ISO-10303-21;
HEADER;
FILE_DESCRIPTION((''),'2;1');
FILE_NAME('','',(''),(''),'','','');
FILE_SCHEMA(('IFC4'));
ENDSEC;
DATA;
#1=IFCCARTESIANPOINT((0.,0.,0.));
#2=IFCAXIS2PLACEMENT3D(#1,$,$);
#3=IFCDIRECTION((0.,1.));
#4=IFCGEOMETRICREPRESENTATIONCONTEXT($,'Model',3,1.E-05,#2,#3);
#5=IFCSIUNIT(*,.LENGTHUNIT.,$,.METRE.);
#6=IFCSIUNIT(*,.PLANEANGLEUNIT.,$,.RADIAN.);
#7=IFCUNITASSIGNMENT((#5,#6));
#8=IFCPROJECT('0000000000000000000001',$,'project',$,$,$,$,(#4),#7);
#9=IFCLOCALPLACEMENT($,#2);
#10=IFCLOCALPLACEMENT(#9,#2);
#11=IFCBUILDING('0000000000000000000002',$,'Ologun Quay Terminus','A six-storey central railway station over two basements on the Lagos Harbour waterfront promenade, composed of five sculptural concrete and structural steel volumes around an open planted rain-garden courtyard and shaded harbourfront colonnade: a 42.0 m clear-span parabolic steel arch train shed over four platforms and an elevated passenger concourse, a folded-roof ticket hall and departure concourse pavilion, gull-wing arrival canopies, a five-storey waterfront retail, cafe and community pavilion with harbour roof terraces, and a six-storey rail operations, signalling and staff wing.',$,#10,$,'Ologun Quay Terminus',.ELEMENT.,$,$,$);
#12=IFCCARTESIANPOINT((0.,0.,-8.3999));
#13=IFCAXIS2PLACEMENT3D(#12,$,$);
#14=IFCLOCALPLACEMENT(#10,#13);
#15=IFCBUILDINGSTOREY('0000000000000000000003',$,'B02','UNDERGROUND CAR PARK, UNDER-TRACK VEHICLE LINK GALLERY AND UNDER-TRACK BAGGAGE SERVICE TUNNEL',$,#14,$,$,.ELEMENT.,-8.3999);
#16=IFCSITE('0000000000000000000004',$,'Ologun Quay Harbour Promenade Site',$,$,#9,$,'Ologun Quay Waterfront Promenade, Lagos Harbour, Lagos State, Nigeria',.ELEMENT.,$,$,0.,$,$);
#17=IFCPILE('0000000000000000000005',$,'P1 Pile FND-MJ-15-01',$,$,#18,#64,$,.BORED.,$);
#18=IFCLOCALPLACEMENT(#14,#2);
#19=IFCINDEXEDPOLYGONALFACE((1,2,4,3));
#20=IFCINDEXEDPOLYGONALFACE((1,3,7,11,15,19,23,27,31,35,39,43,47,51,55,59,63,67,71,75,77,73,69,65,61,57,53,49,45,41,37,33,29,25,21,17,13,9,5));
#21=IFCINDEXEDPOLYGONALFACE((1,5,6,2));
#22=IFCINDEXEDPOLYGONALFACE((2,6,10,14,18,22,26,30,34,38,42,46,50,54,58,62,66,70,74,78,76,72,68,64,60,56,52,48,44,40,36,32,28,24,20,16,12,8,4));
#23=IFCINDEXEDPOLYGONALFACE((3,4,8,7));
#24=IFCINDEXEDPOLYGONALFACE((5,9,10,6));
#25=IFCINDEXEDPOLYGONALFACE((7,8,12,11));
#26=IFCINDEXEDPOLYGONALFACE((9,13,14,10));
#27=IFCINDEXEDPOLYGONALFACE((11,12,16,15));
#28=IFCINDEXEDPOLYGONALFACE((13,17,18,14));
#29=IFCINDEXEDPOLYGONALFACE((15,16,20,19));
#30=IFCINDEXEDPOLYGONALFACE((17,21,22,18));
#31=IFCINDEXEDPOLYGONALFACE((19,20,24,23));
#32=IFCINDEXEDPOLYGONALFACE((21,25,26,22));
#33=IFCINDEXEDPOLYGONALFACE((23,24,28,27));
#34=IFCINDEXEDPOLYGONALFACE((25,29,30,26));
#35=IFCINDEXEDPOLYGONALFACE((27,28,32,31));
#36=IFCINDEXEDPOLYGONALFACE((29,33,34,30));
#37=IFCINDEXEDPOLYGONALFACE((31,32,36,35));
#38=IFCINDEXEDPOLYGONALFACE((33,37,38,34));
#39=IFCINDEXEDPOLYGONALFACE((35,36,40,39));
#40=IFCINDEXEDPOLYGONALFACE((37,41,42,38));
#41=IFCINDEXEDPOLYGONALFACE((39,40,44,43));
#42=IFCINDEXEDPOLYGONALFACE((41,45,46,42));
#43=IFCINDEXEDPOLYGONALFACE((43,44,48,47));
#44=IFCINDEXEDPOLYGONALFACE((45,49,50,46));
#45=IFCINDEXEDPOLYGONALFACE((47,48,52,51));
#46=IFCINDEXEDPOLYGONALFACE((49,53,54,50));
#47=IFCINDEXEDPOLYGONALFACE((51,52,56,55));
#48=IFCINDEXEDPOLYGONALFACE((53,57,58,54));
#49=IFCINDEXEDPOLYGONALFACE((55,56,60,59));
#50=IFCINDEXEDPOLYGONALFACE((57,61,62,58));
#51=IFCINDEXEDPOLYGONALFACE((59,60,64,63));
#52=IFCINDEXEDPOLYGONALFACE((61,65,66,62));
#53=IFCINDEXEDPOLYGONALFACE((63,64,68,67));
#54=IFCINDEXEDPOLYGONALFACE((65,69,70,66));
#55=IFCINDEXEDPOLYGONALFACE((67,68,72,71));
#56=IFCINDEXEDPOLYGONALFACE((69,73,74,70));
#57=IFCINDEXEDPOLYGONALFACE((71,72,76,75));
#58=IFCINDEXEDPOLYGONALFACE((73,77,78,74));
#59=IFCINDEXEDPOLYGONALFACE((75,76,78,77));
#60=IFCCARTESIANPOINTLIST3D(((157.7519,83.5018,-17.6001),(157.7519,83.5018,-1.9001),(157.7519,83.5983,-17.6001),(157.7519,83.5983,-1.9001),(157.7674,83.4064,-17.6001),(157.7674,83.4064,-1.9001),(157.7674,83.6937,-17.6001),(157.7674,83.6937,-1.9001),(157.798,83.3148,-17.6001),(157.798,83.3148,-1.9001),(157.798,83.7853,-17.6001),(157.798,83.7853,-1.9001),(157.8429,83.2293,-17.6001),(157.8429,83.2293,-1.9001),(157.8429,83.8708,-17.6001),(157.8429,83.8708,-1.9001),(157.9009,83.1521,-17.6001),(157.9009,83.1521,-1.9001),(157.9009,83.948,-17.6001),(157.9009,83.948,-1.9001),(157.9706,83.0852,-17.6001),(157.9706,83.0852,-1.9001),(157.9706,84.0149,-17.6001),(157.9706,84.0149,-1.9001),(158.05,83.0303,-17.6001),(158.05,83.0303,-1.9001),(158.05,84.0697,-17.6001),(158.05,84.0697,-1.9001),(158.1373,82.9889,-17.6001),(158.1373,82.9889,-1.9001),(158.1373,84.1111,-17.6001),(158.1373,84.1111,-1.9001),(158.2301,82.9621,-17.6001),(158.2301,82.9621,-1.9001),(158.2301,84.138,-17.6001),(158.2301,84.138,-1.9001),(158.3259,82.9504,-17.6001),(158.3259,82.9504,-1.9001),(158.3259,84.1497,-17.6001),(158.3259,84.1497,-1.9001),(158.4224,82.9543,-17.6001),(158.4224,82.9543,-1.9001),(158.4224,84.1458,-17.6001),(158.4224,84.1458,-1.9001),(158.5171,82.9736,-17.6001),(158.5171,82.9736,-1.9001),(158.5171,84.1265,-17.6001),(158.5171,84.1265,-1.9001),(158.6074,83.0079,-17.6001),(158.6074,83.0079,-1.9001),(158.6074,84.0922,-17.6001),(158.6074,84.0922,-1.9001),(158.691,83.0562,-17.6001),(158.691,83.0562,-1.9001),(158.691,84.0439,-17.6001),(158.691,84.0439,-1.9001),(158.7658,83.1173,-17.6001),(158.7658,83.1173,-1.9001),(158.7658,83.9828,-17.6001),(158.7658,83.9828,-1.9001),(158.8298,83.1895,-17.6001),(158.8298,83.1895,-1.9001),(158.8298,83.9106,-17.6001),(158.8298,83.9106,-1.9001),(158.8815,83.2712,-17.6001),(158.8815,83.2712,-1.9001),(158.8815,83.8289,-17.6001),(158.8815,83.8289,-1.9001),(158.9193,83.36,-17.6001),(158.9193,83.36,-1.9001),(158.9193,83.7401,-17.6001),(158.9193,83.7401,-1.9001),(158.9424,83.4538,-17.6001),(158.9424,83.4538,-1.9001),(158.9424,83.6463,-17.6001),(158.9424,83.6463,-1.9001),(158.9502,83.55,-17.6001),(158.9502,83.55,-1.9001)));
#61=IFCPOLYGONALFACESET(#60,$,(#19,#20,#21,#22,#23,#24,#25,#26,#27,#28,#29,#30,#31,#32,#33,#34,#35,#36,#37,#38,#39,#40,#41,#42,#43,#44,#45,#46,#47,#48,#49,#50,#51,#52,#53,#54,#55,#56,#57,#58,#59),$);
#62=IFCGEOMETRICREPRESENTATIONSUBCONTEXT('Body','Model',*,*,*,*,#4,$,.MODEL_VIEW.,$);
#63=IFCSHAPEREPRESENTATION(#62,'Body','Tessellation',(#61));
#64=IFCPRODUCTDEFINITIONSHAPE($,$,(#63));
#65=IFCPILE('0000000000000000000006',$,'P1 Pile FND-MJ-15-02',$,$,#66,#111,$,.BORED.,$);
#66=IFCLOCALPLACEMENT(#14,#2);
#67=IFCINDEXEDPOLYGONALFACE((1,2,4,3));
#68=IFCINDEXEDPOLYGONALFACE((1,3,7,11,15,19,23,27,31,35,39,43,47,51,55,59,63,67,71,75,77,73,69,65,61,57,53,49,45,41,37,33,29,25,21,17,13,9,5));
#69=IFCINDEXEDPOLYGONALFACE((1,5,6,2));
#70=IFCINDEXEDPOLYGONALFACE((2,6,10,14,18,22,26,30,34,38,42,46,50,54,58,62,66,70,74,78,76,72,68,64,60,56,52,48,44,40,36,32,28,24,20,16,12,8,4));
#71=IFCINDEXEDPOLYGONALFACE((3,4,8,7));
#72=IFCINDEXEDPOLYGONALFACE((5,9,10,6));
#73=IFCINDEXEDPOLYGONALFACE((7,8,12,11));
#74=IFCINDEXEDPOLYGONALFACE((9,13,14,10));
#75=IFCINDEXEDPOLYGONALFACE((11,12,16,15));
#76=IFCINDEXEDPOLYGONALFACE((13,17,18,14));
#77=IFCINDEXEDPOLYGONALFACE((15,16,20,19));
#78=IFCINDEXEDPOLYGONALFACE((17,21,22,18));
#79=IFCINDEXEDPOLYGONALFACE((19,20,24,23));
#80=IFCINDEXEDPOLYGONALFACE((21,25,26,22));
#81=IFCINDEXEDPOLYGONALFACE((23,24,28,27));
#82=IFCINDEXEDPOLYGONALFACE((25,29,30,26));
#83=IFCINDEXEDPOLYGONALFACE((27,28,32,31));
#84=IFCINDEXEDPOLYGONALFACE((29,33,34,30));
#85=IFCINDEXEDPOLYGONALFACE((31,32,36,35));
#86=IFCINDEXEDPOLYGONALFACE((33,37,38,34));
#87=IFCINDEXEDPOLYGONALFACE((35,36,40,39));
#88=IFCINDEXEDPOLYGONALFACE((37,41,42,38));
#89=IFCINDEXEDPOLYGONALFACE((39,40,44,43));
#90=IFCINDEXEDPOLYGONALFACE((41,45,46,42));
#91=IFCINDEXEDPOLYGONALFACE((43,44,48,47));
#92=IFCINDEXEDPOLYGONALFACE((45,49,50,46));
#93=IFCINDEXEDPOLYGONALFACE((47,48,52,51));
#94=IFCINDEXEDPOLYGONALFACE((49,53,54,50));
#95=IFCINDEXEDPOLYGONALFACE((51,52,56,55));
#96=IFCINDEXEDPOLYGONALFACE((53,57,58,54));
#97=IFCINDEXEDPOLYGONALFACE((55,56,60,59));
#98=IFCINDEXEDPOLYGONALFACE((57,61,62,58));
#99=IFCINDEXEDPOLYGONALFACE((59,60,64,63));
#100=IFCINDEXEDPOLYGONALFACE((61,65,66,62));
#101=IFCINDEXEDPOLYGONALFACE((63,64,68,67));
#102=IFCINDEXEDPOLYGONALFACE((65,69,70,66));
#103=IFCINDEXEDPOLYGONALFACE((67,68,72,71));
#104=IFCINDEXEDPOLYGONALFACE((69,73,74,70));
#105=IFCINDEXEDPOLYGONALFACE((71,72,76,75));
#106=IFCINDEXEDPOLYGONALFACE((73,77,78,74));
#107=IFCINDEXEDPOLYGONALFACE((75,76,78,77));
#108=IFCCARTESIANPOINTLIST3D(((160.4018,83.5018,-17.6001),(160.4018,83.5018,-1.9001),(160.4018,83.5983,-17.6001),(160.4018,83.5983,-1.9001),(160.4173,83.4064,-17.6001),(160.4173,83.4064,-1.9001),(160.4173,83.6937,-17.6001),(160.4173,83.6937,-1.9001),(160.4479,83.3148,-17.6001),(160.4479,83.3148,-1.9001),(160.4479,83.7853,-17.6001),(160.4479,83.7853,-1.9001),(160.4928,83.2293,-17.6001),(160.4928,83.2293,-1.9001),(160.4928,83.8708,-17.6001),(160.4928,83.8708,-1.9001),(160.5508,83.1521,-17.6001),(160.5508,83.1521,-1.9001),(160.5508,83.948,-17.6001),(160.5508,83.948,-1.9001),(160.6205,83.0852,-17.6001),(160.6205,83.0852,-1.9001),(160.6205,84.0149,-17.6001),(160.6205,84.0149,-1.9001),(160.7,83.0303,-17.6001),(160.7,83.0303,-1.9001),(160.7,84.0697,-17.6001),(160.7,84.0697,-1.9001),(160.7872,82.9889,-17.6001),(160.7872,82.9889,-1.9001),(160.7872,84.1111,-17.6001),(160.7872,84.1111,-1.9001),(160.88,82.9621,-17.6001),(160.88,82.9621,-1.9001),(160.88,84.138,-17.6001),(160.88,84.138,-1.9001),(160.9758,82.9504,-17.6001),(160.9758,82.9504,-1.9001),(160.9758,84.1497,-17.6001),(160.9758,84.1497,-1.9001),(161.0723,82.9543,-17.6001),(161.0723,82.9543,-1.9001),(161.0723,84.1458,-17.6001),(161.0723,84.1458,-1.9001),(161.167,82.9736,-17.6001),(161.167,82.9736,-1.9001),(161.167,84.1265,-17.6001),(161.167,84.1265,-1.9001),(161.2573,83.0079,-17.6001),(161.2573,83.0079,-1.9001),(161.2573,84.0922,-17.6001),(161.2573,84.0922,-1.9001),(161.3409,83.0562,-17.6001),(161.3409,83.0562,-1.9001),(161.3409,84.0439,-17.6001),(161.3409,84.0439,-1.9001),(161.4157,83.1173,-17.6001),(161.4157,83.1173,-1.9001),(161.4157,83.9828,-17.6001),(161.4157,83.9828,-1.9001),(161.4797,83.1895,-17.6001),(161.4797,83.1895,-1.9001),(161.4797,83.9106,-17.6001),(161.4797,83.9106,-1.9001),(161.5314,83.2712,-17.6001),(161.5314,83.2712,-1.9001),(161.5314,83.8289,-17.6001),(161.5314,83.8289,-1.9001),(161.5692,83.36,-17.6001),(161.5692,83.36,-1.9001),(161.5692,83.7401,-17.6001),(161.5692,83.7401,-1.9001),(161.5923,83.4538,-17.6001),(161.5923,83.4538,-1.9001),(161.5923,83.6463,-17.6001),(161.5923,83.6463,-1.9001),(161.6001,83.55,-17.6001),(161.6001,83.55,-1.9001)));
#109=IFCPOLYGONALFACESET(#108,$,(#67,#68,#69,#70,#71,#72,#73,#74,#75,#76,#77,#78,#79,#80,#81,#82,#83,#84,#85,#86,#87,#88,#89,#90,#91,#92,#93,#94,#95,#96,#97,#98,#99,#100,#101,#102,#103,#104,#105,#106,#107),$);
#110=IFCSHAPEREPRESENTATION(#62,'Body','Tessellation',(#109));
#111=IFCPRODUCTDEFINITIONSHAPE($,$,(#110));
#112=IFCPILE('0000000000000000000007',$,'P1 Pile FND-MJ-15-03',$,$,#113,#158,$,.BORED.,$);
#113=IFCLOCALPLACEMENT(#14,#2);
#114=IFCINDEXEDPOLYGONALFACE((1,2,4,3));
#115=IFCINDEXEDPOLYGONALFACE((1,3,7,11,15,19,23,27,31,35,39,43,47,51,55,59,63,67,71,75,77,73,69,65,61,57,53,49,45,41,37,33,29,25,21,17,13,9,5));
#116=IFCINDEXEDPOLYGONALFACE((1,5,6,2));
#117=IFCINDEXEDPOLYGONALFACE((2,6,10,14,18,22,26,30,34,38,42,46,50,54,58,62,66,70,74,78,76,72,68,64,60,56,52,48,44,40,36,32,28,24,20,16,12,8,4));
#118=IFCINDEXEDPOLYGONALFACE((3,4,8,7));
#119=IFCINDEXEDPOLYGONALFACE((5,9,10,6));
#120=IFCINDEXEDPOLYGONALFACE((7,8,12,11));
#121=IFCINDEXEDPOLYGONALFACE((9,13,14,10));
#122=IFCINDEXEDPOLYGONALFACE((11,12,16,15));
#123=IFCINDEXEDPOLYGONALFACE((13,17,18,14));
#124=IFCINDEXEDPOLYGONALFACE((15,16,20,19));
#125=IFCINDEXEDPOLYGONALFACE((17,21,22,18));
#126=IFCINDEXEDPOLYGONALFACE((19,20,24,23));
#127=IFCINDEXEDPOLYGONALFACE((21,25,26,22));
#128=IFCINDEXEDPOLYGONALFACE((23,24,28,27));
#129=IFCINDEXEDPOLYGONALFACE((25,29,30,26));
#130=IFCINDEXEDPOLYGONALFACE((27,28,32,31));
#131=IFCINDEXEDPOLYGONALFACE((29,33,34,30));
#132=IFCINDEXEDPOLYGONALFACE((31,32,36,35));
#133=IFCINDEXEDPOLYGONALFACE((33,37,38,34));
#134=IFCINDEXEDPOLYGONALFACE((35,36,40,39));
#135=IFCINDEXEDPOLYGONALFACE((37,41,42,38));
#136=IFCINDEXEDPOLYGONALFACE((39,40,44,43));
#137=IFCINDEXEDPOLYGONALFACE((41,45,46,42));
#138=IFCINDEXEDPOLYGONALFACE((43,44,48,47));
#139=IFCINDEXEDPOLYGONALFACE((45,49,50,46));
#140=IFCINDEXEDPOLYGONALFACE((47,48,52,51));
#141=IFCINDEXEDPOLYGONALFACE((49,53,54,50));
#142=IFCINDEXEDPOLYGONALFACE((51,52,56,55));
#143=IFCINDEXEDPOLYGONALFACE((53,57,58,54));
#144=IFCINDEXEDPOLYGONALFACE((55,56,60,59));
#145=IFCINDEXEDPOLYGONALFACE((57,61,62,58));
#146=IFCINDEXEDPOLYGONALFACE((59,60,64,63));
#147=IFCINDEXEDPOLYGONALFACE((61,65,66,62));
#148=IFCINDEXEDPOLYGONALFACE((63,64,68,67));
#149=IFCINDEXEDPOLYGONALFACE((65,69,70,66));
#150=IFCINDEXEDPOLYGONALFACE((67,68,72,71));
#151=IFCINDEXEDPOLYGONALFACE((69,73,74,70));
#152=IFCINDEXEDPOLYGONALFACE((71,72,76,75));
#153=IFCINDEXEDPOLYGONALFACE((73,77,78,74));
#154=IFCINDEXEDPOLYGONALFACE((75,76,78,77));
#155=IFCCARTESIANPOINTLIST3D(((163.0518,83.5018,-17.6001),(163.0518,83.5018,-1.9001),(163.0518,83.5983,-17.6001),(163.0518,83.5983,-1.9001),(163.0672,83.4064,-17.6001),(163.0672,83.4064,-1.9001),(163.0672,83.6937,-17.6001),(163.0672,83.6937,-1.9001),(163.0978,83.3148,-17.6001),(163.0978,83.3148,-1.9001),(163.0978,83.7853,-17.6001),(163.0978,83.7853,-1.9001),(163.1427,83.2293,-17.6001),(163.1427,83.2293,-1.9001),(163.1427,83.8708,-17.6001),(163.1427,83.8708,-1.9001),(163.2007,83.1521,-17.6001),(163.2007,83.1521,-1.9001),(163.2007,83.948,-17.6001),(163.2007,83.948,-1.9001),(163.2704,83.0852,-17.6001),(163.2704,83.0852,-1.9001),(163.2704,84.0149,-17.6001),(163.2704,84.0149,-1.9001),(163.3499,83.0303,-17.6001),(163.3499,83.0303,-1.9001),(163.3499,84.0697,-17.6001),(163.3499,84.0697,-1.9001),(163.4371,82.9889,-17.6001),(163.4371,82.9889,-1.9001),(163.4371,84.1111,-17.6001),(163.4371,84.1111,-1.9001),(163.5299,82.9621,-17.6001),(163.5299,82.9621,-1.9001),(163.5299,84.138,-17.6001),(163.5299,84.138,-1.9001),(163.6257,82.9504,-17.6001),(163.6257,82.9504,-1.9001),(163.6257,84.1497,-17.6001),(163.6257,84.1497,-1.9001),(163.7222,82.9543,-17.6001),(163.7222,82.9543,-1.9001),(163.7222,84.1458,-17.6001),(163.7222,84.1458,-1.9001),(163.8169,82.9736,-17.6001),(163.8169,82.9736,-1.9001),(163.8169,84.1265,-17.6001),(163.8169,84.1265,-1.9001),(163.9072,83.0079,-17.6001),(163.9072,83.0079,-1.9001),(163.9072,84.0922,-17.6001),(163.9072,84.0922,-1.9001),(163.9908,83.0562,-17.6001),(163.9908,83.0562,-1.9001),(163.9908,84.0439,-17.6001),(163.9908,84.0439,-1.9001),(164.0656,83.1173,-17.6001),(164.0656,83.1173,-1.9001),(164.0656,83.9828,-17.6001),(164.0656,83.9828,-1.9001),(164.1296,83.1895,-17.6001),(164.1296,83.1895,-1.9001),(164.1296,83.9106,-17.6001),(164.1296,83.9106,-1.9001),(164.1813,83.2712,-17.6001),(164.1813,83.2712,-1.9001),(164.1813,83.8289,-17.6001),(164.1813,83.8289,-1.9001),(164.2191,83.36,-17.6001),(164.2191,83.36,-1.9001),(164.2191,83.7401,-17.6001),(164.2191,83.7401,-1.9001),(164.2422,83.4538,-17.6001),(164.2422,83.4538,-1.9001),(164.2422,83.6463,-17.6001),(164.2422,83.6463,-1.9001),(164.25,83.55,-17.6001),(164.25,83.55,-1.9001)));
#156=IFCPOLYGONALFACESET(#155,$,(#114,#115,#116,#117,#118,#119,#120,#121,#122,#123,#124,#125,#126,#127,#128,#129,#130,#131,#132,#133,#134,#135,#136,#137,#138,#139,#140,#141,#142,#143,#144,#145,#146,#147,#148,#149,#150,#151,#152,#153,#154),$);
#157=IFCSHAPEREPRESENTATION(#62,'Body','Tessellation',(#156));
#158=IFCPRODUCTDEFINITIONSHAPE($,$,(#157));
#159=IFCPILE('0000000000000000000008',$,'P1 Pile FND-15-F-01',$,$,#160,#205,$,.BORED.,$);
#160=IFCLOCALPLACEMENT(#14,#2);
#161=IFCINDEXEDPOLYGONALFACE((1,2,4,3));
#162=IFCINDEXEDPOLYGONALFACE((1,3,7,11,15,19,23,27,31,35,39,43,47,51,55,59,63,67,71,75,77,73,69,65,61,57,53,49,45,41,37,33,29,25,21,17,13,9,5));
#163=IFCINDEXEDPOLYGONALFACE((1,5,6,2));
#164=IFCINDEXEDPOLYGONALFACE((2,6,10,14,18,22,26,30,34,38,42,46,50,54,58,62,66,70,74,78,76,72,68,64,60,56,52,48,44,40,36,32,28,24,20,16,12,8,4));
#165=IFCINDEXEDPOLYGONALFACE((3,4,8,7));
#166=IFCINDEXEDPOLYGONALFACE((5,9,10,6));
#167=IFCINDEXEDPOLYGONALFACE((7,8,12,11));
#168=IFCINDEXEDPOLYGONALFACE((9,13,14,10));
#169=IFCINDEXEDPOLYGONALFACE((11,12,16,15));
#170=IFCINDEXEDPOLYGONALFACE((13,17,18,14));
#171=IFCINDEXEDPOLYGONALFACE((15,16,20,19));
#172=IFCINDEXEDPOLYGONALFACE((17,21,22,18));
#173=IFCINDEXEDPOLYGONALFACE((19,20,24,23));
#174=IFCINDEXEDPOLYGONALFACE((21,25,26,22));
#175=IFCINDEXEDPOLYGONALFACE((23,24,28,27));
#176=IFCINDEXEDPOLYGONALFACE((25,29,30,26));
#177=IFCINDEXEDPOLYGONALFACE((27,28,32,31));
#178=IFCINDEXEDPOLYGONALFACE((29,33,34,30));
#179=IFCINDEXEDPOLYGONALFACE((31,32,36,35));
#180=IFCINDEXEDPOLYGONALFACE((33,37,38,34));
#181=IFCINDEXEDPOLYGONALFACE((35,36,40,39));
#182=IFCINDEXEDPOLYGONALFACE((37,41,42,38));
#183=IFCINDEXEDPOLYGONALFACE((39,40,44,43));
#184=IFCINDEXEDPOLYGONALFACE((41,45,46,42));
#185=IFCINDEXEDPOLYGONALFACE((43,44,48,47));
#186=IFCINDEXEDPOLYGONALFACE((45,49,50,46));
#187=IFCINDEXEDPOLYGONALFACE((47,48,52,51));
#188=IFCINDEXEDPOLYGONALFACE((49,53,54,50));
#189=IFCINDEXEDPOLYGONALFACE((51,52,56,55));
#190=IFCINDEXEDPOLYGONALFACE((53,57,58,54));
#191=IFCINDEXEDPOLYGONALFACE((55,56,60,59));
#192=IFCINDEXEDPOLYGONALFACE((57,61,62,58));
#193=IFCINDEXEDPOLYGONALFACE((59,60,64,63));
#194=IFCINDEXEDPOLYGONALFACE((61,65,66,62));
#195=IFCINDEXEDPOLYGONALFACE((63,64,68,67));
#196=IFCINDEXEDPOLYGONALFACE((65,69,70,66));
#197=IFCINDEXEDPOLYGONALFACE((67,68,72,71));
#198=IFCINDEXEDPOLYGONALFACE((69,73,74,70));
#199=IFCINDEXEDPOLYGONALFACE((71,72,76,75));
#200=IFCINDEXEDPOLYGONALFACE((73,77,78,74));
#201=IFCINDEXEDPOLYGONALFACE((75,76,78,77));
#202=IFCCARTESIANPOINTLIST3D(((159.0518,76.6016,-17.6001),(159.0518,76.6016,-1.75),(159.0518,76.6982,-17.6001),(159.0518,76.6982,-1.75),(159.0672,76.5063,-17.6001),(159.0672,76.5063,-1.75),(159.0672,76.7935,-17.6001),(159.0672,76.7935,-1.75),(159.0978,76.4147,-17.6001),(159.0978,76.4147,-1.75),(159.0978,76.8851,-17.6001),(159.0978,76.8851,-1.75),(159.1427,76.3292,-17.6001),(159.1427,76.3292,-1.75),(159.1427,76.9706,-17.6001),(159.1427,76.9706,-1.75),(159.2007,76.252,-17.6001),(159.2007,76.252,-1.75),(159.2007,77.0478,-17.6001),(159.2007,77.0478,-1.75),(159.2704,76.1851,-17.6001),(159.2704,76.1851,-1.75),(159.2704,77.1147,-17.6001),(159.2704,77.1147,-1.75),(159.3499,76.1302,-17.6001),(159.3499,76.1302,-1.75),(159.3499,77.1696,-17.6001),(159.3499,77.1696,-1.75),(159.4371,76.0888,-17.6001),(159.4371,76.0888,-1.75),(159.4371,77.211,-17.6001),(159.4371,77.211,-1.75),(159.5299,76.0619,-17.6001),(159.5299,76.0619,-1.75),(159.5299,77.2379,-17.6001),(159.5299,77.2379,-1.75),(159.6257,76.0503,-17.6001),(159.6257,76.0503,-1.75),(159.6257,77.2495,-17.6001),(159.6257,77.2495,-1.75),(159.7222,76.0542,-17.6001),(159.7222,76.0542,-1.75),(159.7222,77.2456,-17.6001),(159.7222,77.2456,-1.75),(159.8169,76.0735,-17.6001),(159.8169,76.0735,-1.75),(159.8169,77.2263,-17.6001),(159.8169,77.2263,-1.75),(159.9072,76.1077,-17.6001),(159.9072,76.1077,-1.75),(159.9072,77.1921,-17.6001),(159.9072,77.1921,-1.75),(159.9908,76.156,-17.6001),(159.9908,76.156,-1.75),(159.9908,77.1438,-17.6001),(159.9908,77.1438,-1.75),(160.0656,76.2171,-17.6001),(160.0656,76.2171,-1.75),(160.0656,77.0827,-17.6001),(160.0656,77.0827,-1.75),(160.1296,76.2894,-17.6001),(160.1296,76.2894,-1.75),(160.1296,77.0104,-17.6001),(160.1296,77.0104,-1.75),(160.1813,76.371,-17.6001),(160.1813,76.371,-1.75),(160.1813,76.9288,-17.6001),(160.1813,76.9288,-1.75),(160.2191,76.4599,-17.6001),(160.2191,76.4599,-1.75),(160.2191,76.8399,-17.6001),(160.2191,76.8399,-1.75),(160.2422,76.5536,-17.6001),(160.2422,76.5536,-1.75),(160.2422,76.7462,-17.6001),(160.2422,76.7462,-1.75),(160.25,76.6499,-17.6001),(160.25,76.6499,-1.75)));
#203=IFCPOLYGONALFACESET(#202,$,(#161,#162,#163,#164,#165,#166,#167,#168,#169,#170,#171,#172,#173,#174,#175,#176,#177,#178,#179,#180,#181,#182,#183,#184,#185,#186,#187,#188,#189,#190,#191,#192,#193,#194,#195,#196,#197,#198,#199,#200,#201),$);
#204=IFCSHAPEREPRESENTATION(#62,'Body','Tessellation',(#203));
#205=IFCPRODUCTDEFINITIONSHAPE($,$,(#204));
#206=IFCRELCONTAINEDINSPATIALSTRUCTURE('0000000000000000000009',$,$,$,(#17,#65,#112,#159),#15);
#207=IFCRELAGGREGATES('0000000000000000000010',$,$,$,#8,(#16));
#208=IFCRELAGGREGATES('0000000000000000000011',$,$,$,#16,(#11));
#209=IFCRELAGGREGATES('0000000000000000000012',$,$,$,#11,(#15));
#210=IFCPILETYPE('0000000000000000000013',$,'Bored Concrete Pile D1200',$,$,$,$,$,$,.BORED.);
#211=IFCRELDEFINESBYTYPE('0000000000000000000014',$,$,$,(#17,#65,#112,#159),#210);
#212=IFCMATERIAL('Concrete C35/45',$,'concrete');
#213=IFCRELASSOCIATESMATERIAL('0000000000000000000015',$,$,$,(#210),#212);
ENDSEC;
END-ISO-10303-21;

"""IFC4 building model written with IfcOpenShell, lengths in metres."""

from ifc_helpers import new_model, si_unit, direction, frame, origin, origin_2d, place, context, subcontext, project, spatial, circle, extrude, material, material_profile, profile_set, type_object, element, save


model = new_model("IFC4")

# Units and contexts
model_context = context("Model", 3, precision=1e-05, world=origin(), true_north=direction((0.0, 1.0)))
body_context = subcontext(model_context, "Body", "Model", "MODEL_VIEW")
ifc_project = project(units=[si_unit("LENGTHUNIT", "METRE"), si_unit("PLANEANGLEUNIT", "RADIAN")], contexts=[model_context])

# Site, building, storey
site_placement = place(None, origin())
site = spatial("IfcSite", under=ifc_project, at=site_placement, Name="Ologun Quay Harbour Promenade Site", LongName="Ologun Quay Waterfront Promenade, Lagos Harbour, Lagos State, Nigeria", CompositionType="ELEMENT", RefElevation=0.0)
building_placement = place(site_placement, origin())
building = spatial("IfcBuilding", under=site, at=building_placement, Name="Ologun Quay Terminus", Description="A six-storey central railway station over two basements on the Lagos Harbour waterfront promenade, composed of five sculptural concrete and structural steel volumes around an open planted rain-garden courtyard and shaded harbourfront colonnade: a 42.0 m clear-span parabolic steel arch train shed over four platforms and an elevated passenger concourse, a folded-roof ticket hall and departure concourse pavilion, gull-wing arrival canopies, a five-storey waterfront retail, cafe and community pavilion with harbour roof terraces, and a six-storey rail operations, signalling and staff wing.", LongName="Ologun Quay Terminus", CompositionType="ELEMENT")
storey_placement = place(building_placement, frame((0.0, 0.0, -8.3999)))
storey = spatial("IfcBuildingStorey", under=building, at=storey_placement, Name="B02", Description="UNDERGROUND CAR PARK, UNDER-TRACK VEHICLE LINK GALLERY AND UNDER-TRACK BAGGAGE SERVICE TUNNEL", CompositionType="ELEMENT", Elevation=-8.3999)

# Piles
ifc_material_1 = material(Name="Concrete C35/45", Category="concrete")
ifc_material_profile_1 = material_profile(ifc_material_1, circle(Radius=0.6001, at=origin_2d()), Name="PILE D1200")
ifc_profile_set_1 = profile_set([ifc_material_profile_1], Name="Concrete C35/45")
pile_type_1 = type_object("IfcPileType", Name="Bored Concrete Pile D1200", PredefinedType="BORED", material=ifc_profile_set_1)
for number, where, z_axis, x_axis, name in (
    (1, (158.3501, 83.55, -1.9001), (0.0, 0.0, -1.0), (1.0, 0.0, 0.0), "P1 Pile FND-MJ-15-01"),
    (2, (161.0, 83.55, -1.9001), (0.0, 0.0, -1.0), (1.0, 0.0, 0.0), "P1 Pile FND-MJ-15-02"),
    (3, (163.6499, 83.55, -1.9001), (0.0, 0.0, -1.0), (1.0, 0.0, 0.0), "P1 Pile FND-MJ-15-03"),
):
    element("IfcPile", number, at=place(storey_placement, frame(where, z_axis=z_axis, x_axis=x_axis)), inside=storey, type_object=pile_type_1, Name=name, PredefinedType="BORED", context=body_context, shape_type="SweptSolid", body=[
        extrude(circle(Radius=0.6001, at=origin_2d()), origin(), (0.0, 0.0, 1.0), 15.7),
    ])
for number, where, z_axis, x_axis, name in (
    (4, (159.6499, 76.6499, -1.75), (0.0, 0.0, -1.0), (1.0, 0.0, 0.0), "P1 Pile FND-15-F-01"),
):
    element("IfcPile", number, at=place(storey_placement, frame(where, z_axis=z_axis, x_axis=x_axis)), inside=storey, type_object=pile_type_1, Name=name, PredefinedType="BORED", context=body_context, shape_type="SweptSolid", body=[
        extrude(circle(Radius=0.6001, at=origin_2d()), origin(), (0.0, 0.0, 1.0), 15.8501),
    ])

save(model, "model.ifc")
